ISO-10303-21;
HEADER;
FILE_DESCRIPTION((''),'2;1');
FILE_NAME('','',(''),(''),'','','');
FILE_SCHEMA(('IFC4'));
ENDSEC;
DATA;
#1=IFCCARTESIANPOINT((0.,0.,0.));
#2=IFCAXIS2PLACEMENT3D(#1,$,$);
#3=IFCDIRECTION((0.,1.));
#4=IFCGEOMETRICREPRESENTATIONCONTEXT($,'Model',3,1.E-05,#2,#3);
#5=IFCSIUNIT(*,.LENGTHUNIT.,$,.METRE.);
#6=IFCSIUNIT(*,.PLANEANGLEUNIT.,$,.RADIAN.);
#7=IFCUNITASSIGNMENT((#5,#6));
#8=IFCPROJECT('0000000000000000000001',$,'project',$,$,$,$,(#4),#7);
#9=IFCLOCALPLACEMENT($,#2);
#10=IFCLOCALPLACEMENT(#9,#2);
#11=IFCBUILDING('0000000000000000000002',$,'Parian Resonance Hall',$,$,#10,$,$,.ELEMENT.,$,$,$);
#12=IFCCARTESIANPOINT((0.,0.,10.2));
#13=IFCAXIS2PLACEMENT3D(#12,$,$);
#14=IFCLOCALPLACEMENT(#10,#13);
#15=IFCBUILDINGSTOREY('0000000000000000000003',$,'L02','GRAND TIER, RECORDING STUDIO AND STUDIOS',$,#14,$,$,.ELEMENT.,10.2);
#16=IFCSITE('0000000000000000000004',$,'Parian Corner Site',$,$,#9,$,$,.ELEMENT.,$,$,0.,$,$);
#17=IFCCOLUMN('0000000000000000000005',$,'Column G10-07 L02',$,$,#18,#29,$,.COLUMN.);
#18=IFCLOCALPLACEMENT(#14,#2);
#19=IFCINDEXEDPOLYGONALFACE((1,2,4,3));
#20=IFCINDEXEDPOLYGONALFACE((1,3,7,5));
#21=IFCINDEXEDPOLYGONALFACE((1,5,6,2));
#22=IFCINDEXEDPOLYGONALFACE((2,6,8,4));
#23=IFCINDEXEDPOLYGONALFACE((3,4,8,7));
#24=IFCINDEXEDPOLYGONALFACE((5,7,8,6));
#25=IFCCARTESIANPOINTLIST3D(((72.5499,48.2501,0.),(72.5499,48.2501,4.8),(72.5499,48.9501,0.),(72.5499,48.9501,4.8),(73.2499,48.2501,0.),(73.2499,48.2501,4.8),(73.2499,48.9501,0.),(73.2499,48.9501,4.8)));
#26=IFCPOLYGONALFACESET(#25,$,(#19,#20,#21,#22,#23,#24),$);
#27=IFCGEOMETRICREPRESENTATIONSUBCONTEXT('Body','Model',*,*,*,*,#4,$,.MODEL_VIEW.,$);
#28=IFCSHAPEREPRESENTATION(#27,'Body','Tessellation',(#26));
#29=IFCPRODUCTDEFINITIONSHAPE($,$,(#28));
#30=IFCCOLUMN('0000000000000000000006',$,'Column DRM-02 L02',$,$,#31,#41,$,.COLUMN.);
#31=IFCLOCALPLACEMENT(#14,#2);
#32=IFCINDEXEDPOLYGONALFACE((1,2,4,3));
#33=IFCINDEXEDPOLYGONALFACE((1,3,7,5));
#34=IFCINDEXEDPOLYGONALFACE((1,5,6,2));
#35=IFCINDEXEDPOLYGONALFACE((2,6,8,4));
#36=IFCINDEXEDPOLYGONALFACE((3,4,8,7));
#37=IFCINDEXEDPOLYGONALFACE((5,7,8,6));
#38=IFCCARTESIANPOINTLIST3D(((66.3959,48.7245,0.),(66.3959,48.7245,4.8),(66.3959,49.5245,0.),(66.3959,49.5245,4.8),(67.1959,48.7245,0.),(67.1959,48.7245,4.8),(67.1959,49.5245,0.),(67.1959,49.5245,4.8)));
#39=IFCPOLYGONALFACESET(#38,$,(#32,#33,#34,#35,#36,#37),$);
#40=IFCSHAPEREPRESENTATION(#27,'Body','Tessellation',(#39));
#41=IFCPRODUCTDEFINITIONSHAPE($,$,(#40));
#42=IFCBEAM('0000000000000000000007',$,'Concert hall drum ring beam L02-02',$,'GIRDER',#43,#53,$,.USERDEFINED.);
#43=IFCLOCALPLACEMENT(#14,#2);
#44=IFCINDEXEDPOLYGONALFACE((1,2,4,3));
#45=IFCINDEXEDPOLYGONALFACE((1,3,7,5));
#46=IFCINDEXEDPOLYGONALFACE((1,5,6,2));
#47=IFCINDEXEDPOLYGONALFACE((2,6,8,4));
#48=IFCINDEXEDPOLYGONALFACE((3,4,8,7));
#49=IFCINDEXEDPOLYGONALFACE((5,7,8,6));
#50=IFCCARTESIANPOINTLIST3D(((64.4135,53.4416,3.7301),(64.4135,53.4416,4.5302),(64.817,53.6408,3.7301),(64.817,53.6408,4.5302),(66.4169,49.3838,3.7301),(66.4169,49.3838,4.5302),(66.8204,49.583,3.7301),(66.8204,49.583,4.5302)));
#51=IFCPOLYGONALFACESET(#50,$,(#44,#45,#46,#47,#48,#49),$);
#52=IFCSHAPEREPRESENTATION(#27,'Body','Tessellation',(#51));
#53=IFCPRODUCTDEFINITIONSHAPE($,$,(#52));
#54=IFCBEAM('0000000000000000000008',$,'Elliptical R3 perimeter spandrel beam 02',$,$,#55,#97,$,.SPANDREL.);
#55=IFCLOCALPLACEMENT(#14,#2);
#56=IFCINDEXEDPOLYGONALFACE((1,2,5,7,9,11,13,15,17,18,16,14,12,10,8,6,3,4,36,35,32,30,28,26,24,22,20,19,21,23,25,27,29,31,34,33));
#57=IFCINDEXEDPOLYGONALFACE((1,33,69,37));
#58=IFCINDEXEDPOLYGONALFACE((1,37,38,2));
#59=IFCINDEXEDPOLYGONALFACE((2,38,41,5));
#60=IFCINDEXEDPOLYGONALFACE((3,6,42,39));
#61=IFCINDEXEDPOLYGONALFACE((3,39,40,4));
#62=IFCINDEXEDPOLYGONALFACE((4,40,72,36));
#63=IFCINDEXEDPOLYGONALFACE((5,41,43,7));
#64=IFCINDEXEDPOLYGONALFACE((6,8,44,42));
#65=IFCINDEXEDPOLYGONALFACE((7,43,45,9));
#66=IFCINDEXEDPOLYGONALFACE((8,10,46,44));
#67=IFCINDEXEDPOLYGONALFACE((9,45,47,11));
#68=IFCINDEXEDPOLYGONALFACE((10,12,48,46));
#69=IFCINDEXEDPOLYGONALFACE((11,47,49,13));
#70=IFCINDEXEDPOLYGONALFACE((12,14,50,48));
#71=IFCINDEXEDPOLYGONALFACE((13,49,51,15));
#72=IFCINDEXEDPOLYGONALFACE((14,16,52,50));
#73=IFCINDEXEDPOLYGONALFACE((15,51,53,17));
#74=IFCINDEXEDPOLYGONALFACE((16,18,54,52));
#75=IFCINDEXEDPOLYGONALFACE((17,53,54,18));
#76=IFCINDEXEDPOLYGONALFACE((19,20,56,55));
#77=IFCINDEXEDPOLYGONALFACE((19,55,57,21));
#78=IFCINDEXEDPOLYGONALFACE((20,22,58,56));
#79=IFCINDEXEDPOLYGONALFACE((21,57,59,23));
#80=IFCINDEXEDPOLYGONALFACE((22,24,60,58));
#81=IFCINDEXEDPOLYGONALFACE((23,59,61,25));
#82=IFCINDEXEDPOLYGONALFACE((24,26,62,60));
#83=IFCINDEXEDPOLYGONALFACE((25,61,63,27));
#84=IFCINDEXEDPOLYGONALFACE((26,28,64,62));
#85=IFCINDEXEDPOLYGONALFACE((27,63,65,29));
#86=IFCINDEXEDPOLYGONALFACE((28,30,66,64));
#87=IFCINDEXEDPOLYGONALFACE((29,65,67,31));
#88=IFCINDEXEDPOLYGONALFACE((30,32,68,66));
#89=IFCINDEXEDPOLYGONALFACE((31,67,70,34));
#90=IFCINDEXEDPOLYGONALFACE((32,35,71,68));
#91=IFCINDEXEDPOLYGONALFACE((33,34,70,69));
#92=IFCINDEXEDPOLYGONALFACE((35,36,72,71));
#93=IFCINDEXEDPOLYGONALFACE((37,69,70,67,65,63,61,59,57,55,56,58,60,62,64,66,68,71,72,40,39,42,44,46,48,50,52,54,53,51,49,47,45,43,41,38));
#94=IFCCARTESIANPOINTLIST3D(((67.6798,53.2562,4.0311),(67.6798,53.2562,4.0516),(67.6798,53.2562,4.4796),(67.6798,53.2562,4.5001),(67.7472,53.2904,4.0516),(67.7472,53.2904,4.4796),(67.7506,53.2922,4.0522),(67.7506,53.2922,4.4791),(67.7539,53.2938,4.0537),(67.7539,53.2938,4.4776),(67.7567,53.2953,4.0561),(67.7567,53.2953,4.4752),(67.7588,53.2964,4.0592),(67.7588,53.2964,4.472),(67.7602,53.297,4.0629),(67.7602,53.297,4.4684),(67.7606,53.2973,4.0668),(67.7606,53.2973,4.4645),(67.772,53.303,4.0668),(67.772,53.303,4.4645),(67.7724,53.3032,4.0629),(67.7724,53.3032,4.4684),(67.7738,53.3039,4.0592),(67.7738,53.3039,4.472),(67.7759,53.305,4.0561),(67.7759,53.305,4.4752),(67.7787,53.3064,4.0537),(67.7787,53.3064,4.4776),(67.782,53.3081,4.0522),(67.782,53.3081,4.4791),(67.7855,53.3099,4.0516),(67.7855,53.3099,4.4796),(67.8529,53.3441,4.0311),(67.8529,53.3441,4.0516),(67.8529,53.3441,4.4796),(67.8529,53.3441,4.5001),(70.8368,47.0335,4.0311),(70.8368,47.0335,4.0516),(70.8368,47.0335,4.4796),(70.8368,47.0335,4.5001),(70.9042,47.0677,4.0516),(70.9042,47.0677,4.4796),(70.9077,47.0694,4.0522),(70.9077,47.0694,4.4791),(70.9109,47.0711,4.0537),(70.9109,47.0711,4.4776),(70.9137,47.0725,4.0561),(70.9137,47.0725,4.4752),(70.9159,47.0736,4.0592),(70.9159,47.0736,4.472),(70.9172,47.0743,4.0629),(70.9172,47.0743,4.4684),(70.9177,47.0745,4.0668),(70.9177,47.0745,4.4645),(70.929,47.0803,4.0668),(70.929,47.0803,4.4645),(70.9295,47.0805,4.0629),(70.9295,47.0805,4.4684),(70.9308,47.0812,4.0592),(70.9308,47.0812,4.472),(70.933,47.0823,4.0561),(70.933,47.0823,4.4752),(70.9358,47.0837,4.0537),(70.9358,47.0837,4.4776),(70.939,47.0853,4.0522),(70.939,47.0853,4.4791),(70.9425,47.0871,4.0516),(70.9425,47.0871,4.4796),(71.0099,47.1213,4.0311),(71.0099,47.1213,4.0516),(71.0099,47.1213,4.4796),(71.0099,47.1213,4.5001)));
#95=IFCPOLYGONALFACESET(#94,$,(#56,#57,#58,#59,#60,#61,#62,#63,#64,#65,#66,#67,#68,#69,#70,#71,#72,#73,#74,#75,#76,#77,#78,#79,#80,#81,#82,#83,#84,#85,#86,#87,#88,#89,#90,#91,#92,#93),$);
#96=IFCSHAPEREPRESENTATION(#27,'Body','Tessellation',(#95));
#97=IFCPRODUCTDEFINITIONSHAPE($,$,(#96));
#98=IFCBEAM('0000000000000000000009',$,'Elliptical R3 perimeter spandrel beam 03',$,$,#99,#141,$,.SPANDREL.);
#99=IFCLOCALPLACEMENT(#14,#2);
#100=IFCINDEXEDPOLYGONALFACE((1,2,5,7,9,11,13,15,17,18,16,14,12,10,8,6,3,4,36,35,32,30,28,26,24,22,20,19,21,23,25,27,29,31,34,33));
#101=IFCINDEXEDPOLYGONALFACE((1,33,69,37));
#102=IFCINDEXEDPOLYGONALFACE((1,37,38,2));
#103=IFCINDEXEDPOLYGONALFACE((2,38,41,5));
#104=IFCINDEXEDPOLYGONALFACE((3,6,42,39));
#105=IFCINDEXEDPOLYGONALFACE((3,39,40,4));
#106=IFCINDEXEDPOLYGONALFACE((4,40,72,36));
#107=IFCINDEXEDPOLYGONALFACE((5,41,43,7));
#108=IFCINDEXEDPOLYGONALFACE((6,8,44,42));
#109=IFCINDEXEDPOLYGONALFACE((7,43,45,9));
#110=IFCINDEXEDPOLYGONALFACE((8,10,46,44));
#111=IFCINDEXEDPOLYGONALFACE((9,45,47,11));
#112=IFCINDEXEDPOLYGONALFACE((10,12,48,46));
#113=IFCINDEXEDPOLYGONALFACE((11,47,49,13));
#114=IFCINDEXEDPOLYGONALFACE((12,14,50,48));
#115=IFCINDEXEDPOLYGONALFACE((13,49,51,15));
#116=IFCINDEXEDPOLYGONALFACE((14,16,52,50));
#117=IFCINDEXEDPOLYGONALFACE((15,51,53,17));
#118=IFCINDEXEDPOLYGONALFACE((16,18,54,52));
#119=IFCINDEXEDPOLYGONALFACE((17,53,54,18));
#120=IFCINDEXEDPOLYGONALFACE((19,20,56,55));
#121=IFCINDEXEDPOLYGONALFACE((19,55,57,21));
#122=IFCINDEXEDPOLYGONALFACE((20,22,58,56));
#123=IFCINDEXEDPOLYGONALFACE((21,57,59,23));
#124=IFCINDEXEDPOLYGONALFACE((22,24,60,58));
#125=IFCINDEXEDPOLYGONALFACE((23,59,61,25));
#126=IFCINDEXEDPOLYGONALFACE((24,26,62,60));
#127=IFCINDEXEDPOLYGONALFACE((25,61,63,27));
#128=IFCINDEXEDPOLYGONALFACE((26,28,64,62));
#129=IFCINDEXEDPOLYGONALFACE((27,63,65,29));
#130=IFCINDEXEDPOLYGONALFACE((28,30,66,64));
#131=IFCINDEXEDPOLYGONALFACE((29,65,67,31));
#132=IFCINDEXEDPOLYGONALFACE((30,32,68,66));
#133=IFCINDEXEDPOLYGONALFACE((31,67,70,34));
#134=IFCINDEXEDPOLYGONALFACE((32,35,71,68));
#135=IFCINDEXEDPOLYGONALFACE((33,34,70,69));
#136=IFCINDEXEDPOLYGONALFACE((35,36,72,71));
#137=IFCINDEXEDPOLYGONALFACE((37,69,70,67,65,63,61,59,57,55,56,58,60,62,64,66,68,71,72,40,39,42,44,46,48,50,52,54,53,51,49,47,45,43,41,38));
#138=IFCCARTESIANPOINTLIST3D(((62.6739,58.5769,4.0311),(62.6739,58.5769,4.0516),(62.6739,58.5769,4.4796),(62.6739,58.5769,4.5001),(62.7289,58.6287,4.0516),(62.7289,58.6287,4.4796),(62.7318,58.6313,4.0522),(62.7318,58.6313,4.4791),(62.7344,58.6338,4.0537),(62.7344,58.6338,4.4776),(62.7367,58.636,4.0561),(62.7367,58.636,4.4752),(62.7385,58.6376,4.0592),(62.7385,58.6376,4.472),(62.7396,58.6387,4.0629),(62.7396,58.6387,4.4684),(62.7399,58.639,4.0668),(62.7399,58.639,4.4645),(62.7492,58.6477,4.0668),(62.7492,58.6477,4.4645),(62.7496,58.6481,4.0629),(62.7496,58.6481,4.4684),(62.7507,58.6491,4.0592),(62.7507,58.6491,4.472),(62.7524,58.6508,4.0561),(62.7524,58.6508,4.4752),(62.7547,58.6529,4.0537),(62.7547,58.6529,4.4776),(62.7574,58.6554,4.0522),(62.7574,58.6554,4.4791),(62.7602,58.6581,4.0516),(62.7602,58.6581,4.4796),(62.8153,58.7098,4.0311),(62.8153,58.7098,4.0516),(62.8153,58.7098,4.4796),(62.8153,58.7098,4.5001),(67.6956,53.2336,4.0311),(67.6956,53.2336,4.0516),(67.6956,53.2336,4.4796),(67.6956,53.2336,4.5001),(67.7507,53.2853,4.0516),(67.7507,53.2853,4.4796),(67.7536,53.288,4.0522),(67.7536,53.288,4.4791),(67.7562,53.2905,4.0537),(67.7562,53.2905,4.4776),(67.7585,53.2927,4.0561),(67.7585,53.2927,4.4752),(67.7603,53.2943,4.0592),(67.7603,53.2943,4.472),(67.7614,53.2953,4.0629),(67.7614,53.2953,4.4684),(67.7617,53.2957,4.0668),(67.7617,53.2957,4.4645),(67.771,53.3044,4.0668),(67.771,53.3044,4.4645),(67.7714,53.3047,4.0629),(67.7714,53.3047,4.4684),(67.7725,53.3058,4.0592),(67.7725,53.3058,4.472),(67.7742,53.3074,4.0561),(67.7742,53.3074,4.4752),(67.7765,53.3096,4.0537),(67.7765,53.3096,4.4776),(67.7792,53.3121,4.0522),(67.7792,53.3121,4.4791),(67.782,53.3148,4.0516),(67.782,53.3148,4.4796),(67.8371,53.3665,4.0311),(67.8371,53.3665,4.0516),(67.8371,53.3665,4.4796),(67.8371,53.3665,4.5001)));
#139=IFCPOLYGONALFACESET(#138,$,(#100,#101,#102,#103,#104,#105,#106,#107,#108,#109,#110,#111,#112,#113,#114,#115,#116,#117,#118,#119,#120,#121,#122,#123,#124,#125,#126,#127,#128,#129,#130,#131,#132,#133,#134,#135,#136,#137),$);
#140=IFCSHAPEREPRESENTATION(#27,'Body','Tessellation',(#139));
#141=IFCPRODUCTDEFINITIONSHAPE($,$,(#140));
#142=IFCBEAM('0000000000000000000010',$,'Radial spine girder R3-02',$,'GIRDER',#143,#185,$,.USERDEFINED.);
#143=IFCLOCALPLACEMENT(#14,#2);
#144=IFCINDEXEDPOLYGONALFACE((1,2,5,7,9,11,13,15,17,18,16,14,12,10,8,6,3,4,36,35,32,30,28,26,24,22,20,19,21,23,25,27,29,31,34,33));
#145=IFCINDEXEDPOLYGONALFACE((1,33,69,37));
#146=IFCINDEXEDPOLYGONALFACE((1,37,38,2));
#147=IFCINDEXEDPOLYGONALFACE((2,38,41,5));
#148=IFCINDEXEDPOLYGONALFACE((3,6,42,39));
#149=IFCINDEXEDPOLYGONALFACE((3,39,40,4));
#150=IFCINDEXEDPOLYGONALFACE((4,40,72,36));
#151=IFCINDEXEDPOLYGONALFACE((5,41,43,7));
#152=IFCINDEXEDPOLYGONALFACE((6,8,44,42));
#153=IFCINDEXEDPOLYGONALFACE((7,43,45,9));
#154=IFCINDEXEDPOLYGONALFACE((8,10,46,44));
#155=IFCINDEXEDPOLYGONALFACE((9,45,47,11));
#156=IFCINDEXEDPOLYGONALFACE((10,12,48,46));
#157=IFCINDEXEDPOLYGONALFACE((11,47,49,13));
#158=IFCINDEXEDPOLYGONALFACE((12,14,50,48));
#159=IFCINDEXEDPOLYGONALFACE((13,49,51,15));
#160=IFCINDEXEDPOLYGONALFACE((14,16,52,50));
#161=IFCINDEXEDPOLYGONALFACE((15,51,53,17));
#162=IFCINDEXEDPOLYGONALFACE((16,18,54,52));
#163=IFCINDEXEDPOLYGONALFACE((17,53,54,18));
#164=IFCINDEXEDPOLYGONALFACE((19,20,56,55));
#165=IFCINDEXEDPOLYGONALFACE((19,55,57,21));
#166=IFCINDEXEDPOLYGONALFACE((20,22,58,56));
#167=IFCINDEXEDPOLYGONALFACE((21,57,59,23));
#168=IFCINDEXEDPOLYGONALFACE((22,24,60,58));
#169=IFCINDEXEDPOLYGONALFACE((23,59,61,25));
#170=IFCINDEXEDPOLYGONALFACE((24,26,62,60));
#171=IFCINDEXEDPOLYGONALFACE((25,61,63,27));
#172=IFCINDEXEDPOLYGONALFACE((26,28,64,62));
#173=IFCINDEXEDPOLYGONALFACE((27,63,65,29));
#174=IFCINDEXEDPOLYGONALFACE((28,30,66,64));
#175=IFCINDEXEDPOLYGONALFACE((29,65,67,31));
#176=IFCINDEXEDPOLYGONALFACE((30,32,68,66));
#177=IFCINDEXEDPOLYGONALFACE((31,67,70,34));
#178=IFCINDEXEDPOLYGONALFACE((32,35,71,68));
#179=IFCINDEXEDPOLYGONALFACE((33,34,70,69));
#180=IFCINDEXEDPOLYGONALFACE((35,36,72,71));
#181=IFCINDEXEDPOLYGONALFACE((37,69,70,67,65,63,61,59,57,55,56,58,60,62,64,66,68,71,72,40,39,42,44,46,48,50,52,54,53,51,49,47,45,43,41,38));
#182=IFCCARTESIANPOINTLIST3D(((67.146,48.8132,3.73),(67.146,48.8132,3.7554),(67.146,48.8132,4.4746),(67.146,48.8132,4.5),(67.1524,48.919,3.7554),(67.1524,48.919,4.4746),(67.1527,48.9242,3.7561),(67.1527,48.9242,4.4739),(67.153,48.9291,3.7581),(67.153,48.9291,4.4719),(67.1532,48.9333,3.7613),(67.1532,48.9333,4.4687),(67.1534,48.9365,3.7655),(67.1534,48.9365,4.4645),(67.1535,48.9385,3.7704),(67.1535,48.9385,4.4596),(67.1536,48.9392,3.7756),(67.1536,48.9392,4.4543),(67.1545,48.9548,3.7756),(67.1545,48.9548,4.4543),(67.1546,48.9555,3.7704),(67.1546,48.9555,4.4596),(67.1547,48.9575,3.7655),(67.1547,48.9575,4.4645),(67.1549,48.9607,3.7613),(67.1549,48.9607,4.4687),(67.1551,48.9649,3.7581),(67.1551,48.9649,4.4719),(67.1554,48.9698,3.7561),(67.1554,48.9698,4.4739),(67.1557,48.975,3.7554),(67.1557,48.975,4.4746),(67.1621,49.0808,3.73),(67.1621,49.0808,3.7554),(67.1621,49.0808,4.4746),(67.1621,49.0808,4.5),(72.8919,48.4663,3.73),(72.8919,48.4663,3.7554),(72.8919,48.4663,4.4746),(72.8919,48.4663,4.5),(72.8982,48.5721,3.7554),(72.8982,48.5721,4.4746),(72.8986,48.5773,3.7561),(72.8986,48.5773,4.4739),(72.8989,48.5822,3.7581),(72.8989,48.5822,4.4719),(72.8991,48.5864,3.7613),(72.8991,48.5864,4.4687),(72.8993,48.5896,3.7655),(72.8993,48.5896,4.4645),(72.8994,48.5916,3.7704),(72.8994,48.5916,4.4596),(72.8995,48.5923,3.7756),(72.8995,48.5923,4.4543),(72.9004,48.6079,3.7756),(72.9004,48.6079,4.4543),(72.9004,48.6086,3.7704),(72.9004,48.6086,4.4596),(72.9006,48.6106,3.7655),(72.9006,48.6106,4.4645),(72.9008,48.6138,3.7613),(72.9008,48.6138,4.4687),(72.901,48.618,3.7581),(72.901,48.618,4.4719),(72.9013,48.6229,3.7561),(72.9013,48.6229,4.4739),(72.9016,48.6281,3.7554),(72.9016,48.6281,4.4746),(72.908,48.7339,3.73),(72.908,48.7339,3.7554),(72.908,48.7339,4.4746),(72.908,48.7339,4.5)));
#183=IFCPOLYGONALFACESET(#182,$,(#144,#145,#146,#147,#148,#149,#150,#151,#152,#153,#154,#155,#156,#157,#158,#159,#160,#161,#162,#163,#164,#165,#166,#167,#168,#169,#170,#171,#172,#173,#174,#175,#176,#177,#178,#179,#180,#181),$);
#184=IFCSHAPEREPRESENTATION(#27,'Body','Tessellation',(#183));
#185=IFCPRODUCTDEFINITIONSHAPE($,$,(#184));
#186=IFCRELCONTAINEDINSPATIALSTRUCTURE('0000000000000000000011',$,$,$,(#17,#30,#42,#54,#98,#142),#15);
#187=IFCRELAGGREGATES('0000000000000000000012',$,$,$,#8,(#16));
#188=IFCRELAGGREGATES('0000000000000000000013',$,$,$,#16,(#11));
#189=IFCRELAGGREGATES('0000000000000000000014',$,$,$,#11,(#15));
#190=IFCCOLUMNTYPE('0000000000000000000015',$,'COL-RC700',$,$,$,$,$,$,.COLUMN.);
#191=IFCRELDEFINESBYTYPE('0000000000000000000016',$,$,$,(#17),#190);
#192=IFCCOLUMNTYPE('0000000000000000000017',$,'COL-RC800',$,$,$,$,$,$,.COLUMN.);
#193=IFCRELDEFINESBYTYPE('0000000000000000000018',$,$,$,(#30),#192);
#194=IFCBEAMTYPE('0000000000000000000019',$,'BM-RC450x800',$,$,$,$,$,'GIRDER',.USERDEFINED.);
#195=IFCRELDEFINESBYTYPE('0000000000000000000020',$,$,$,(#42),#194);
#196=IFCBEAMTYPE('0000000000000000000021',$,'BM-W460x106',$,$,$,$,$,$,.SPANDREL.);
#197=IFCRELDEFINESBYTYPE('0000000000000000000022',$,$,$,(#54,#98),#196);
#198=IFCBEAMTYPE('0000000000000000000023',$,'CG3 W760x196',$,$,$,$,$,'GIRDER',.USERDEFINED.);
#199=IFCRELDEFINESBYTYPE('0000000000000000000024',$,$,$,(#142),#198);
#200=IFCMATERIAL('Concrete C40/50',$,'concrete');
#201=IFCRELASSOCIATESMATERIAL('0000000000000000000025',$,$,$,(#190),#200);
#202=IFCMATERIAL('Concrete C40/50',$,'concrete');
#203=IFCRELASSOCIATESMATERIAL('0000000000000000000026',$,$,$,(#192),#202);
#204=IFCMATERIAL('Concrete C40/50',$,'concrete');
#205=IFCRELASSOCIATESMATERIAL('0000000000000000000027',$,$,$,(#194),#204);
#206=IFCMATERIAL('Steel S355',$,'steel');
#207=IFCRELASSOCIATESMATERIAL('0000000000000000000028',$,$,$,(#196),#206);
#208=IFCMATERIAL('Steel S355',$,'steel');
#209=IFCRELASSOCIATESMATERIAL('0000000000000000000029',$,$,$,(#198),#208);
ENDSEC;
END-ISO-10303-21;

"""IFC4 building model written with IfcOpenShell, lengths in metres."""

from ifc_helpers import new_model, si_unit, direction, frame, origin, origin_2d, place, context, subcontext, project, spatial, rectangle, i_section, extrude, material, material_profile, profile_set, type_object, element, save


model = new_model("IFC4")

# Units and contexts
model_context = context("Model", 3, precision=1e-05, world=origin(), true_north=direction((0.0, 1.0)))
body_context = subcontext(model_context, "Body", "Model", "MODEL_VIEW")
ifc_project = project(units=[si_unit("LENGTHUNIT", "METRE"), si_unit("PLANEANGLEUNIT", "RADIAN")], contexts=[model_context])

# Site, building, storey
site_placement = place(None, origin())
site = spatial("IfcSite", under=ifc_project, at=site_placement, Name="Parian Corner Site", CompositionType="ELEMENT", RefElevation=0.0)
building_placement = place(site_placement, origin())
building = spatial("IfcBuilding", under=site, at=building_placement, Name="Parian Resonance Hall", CompositionType="ELEMENT")
storey_placement = place(building_placement, frame((0.0, 0.0, 10.2)))
storey = spatial("IfcBuildingStorey", under=building, at=storey_placement, Name="L02", Description="GRAND TIER, RECORDING STUDIO AND STUDIOS", CompositionType="ELEMENT", Elevation=10.2)

# Columns
ifc_material_1 = material(Name="Concrete C40/50", Category="concrete")
ifc_material_profile_1 = material_profile(ifc_material_1, rectangle(XDim=0.7, YDim=0.7, at=origin_2d()), Name="RC-COL-700x700")
ifc_profile_set_1 = profile_set([ifc_material_profile_1], Name="Concrete C40/50")
column_type_1 = type_object("IfcColumnType", Name="COL-RC700", PredefinedType="COLUMN", material=ifc_profile_set_1)
column_1_placement = place(storey_placement, frame((72.8999, 48.6001, 0.0), z_axis=(0.0, 0.0, 1.0), x_axis=(1.0, 0.0, 0.0)))
element("IfcColumn", 1, at=column_1_placement, inside=storey, type_object=column_type_1, Name="Column G10-07 L02", PredefinedType="COLUMN", context=body_context, shape_type="SweptSolid", body=[
    extrude(rectangle(XDim=0.7, YDim=0.7, at=origin_2d()), origin(), (0.0, 0.0, 1.0), 4.8),
])
ifc_material_2 = material(Name="Concrete C40/50", Category="concrete")
ifc_material_profile_2 = material_profile(ifc_material_2, rectangle(XDim=0.8, YDim=0.8, at=origin_2d()), Name="RC-COL-800x800")
ifc_profile_set_2 = profile_set([ifc_material_profile_2], Name="Concrete C40/50")
column_type_2 = type_object("IfcColumnType", Name="COL-RC800", PredefinedType="COLUMN", material=ifc_profile_set_2)
column_2_placement = place(storey_placement, frame((66.7959, 49.1245, 0.0), z_axis=(0.0, 0.0, 1.0), x_axis=(1.0, 0.0, 0.0)))
element("IfcColumn", 2, at=column_2_placement, inside=storey, type_object=column_type_2, Name="Column DRM-02 L02", PredefinedType="COLUMN", context=body_context, shape_type="SweptSolid", body=[
    extrude(rectangle(XDim=0.8, YDim=0.8, at=origin_2d()), origin(), (0.0, 0.0, 1.0), 4.8),
])

# Beams
ifc_material_3 = material(Name="Concrete C40/50", Category="concrete")
ifc_material_profile_3 = material_profile(ifc_material_3, rectangle(XDim=0.45, YDim=0.8, at=origin_2d()), Name="RC-BM-450x800")
ifc_profile_set_3 = profile_set([ifc_material_profile_3], Name="Concrete C40/50")
beam_type_1 = type_object("IfcBeamType", Name="BM-RC450x800", ElementType="GIRDER", PredefinedType="USERDEFINED", material=ifc_profile_set_3)
beam_1_placement = place(storey_placement, frame((66.6187, 49.4834, 4.1301), z_axis=(-0.442698, 0.896671, 0.0), x_axis=(-0.896671, -0.442698, 0.0)))
element("IfcBeam", 3, at=beam_1_placement, inside=storey, type_object=beam_type_1, Name="Concert hall drum ring beam L02-02", ObjectType="GIRDER", PredefinedType="USERDEFINED", context=body_context, shape_type="SweptSolid", body=[
    extrude(rectangle(XDim=0.45, YDim=0.8, at=origin_2d()), origin(), (0.0, 0.0, 1.0), 4.5254),
])
ifc_material_4 = material(Name="Steel S355", Category="steel")
ifc_material_profile_4 = material_profile(ifc_material_4, i_section(OverallWidth=0.1941, OverallDepth=0.469, WebThickness=0.0127, FlangeThickness=0.0205, FilletRadius=0.0151, at=origin_2d()), Name="W460x106")
ifc_profile_set_4 = profile_set([ifc_material_profile_4], Name="Steel S355")
beam_type_2 = type_object("IfcBeamType", Name="BM-W460x106", PredefinedType="SPANDREL", material=ifc_profile_set_4)
beam_2_placement = place(storey_placement, frame((70.9233, 47.0774, 4.2656), z_axis=(-0.45244, 0.891795, 0.0), x_axis=(-0.891795, -0.45244, 0.0)))
element("IfcBeam", 4, at=beam_2_placement, inside=storey, type_object=beam_type_2, Name="Elliptical R3 perimeter spandrel beam 02", PredefinedType="SPANDREL", context=body_context, shape_type="SweptSolid", body=[
    extrude(i_section(OverallWidth=0.1941, OverallDepth=0.469, WebThickness=0.0127, FlangeThickness=0.0205, FilletRadius=0.0151, at=origin_2d()), origin(), (0.0, 0.0, 1.0), 6.9778),
])
beam_3_placement = place(storey_placement, frame((67.7664, 53.3, 4.2656), z_axis=(-0.684842, 0.728691, 0.0), x_axis=(-0.728691, -0.684842, 0.0)))
element("IfcBeam", 5, at=beam_3_placement, inside=storey, type_object=beam_type_2, Name="Elliptical R3 perimeter spandrel beam 03", PredefinedType="SPANDREL", context=body_context, shape_type="SweptSolid", body=[
    extrude(i_section(OverallWidth=0.1941, OverallDepth=0.469, WebThickness=0.0127, FlangeThickness=0.0205, FilletRadius=0.0151, at=origin_2d()), origin(), (0.0, 0.0, 1.0), 7.3328),
])
ifc_material_5 = material(Name="Steel S355", Category="steel")
ifc_material_profile_5 = material_profile(ifc_material_5, i_section(OverallWidth=0.2681, OverallDepth=0.77, WebThickness=0.0156, FlangeThickness=0.0254, FilletRadius=0.0203, at=origin_2d()), Name="W760x196")
ifc_profile_set_5 = profile_set([ifc_material_profile_5], Name="Steel S355")
beam_type_3 = type_object("IfcBeamType", Name="CG3 W760x196", ElementType="GIRDER", PredefinedType="USERDEFINED", material=ifc_profile_set_5)
beam_4_placement = place(storey_placement, frame((67.1541, 48.947, 4.115), z_axis=(0.998182, -0.060268, 0.0), x_axis=(0.060268, 0.998182, 0.0)))
element("IfcBeam", 6, at=beam_4_placement, inside=storey, type_object=beam_type_3, Name="Radial spine girder R3-02", ObjectType="GIRDER", PredefinedType="USERDEFINED", context=body_context, shape_type="SweptSolid", body=[
    extrude(i_section(OverallWidth=0.2681, OverallDepth=0.77, WebThickness=0.0156, FlangeThickness=0.0254, FilletRadius=0.0203, at=origin_2d()), origin(), (0.0, 0.0, 1.0), 5.7563),
])

save(model, "model.ifc")
